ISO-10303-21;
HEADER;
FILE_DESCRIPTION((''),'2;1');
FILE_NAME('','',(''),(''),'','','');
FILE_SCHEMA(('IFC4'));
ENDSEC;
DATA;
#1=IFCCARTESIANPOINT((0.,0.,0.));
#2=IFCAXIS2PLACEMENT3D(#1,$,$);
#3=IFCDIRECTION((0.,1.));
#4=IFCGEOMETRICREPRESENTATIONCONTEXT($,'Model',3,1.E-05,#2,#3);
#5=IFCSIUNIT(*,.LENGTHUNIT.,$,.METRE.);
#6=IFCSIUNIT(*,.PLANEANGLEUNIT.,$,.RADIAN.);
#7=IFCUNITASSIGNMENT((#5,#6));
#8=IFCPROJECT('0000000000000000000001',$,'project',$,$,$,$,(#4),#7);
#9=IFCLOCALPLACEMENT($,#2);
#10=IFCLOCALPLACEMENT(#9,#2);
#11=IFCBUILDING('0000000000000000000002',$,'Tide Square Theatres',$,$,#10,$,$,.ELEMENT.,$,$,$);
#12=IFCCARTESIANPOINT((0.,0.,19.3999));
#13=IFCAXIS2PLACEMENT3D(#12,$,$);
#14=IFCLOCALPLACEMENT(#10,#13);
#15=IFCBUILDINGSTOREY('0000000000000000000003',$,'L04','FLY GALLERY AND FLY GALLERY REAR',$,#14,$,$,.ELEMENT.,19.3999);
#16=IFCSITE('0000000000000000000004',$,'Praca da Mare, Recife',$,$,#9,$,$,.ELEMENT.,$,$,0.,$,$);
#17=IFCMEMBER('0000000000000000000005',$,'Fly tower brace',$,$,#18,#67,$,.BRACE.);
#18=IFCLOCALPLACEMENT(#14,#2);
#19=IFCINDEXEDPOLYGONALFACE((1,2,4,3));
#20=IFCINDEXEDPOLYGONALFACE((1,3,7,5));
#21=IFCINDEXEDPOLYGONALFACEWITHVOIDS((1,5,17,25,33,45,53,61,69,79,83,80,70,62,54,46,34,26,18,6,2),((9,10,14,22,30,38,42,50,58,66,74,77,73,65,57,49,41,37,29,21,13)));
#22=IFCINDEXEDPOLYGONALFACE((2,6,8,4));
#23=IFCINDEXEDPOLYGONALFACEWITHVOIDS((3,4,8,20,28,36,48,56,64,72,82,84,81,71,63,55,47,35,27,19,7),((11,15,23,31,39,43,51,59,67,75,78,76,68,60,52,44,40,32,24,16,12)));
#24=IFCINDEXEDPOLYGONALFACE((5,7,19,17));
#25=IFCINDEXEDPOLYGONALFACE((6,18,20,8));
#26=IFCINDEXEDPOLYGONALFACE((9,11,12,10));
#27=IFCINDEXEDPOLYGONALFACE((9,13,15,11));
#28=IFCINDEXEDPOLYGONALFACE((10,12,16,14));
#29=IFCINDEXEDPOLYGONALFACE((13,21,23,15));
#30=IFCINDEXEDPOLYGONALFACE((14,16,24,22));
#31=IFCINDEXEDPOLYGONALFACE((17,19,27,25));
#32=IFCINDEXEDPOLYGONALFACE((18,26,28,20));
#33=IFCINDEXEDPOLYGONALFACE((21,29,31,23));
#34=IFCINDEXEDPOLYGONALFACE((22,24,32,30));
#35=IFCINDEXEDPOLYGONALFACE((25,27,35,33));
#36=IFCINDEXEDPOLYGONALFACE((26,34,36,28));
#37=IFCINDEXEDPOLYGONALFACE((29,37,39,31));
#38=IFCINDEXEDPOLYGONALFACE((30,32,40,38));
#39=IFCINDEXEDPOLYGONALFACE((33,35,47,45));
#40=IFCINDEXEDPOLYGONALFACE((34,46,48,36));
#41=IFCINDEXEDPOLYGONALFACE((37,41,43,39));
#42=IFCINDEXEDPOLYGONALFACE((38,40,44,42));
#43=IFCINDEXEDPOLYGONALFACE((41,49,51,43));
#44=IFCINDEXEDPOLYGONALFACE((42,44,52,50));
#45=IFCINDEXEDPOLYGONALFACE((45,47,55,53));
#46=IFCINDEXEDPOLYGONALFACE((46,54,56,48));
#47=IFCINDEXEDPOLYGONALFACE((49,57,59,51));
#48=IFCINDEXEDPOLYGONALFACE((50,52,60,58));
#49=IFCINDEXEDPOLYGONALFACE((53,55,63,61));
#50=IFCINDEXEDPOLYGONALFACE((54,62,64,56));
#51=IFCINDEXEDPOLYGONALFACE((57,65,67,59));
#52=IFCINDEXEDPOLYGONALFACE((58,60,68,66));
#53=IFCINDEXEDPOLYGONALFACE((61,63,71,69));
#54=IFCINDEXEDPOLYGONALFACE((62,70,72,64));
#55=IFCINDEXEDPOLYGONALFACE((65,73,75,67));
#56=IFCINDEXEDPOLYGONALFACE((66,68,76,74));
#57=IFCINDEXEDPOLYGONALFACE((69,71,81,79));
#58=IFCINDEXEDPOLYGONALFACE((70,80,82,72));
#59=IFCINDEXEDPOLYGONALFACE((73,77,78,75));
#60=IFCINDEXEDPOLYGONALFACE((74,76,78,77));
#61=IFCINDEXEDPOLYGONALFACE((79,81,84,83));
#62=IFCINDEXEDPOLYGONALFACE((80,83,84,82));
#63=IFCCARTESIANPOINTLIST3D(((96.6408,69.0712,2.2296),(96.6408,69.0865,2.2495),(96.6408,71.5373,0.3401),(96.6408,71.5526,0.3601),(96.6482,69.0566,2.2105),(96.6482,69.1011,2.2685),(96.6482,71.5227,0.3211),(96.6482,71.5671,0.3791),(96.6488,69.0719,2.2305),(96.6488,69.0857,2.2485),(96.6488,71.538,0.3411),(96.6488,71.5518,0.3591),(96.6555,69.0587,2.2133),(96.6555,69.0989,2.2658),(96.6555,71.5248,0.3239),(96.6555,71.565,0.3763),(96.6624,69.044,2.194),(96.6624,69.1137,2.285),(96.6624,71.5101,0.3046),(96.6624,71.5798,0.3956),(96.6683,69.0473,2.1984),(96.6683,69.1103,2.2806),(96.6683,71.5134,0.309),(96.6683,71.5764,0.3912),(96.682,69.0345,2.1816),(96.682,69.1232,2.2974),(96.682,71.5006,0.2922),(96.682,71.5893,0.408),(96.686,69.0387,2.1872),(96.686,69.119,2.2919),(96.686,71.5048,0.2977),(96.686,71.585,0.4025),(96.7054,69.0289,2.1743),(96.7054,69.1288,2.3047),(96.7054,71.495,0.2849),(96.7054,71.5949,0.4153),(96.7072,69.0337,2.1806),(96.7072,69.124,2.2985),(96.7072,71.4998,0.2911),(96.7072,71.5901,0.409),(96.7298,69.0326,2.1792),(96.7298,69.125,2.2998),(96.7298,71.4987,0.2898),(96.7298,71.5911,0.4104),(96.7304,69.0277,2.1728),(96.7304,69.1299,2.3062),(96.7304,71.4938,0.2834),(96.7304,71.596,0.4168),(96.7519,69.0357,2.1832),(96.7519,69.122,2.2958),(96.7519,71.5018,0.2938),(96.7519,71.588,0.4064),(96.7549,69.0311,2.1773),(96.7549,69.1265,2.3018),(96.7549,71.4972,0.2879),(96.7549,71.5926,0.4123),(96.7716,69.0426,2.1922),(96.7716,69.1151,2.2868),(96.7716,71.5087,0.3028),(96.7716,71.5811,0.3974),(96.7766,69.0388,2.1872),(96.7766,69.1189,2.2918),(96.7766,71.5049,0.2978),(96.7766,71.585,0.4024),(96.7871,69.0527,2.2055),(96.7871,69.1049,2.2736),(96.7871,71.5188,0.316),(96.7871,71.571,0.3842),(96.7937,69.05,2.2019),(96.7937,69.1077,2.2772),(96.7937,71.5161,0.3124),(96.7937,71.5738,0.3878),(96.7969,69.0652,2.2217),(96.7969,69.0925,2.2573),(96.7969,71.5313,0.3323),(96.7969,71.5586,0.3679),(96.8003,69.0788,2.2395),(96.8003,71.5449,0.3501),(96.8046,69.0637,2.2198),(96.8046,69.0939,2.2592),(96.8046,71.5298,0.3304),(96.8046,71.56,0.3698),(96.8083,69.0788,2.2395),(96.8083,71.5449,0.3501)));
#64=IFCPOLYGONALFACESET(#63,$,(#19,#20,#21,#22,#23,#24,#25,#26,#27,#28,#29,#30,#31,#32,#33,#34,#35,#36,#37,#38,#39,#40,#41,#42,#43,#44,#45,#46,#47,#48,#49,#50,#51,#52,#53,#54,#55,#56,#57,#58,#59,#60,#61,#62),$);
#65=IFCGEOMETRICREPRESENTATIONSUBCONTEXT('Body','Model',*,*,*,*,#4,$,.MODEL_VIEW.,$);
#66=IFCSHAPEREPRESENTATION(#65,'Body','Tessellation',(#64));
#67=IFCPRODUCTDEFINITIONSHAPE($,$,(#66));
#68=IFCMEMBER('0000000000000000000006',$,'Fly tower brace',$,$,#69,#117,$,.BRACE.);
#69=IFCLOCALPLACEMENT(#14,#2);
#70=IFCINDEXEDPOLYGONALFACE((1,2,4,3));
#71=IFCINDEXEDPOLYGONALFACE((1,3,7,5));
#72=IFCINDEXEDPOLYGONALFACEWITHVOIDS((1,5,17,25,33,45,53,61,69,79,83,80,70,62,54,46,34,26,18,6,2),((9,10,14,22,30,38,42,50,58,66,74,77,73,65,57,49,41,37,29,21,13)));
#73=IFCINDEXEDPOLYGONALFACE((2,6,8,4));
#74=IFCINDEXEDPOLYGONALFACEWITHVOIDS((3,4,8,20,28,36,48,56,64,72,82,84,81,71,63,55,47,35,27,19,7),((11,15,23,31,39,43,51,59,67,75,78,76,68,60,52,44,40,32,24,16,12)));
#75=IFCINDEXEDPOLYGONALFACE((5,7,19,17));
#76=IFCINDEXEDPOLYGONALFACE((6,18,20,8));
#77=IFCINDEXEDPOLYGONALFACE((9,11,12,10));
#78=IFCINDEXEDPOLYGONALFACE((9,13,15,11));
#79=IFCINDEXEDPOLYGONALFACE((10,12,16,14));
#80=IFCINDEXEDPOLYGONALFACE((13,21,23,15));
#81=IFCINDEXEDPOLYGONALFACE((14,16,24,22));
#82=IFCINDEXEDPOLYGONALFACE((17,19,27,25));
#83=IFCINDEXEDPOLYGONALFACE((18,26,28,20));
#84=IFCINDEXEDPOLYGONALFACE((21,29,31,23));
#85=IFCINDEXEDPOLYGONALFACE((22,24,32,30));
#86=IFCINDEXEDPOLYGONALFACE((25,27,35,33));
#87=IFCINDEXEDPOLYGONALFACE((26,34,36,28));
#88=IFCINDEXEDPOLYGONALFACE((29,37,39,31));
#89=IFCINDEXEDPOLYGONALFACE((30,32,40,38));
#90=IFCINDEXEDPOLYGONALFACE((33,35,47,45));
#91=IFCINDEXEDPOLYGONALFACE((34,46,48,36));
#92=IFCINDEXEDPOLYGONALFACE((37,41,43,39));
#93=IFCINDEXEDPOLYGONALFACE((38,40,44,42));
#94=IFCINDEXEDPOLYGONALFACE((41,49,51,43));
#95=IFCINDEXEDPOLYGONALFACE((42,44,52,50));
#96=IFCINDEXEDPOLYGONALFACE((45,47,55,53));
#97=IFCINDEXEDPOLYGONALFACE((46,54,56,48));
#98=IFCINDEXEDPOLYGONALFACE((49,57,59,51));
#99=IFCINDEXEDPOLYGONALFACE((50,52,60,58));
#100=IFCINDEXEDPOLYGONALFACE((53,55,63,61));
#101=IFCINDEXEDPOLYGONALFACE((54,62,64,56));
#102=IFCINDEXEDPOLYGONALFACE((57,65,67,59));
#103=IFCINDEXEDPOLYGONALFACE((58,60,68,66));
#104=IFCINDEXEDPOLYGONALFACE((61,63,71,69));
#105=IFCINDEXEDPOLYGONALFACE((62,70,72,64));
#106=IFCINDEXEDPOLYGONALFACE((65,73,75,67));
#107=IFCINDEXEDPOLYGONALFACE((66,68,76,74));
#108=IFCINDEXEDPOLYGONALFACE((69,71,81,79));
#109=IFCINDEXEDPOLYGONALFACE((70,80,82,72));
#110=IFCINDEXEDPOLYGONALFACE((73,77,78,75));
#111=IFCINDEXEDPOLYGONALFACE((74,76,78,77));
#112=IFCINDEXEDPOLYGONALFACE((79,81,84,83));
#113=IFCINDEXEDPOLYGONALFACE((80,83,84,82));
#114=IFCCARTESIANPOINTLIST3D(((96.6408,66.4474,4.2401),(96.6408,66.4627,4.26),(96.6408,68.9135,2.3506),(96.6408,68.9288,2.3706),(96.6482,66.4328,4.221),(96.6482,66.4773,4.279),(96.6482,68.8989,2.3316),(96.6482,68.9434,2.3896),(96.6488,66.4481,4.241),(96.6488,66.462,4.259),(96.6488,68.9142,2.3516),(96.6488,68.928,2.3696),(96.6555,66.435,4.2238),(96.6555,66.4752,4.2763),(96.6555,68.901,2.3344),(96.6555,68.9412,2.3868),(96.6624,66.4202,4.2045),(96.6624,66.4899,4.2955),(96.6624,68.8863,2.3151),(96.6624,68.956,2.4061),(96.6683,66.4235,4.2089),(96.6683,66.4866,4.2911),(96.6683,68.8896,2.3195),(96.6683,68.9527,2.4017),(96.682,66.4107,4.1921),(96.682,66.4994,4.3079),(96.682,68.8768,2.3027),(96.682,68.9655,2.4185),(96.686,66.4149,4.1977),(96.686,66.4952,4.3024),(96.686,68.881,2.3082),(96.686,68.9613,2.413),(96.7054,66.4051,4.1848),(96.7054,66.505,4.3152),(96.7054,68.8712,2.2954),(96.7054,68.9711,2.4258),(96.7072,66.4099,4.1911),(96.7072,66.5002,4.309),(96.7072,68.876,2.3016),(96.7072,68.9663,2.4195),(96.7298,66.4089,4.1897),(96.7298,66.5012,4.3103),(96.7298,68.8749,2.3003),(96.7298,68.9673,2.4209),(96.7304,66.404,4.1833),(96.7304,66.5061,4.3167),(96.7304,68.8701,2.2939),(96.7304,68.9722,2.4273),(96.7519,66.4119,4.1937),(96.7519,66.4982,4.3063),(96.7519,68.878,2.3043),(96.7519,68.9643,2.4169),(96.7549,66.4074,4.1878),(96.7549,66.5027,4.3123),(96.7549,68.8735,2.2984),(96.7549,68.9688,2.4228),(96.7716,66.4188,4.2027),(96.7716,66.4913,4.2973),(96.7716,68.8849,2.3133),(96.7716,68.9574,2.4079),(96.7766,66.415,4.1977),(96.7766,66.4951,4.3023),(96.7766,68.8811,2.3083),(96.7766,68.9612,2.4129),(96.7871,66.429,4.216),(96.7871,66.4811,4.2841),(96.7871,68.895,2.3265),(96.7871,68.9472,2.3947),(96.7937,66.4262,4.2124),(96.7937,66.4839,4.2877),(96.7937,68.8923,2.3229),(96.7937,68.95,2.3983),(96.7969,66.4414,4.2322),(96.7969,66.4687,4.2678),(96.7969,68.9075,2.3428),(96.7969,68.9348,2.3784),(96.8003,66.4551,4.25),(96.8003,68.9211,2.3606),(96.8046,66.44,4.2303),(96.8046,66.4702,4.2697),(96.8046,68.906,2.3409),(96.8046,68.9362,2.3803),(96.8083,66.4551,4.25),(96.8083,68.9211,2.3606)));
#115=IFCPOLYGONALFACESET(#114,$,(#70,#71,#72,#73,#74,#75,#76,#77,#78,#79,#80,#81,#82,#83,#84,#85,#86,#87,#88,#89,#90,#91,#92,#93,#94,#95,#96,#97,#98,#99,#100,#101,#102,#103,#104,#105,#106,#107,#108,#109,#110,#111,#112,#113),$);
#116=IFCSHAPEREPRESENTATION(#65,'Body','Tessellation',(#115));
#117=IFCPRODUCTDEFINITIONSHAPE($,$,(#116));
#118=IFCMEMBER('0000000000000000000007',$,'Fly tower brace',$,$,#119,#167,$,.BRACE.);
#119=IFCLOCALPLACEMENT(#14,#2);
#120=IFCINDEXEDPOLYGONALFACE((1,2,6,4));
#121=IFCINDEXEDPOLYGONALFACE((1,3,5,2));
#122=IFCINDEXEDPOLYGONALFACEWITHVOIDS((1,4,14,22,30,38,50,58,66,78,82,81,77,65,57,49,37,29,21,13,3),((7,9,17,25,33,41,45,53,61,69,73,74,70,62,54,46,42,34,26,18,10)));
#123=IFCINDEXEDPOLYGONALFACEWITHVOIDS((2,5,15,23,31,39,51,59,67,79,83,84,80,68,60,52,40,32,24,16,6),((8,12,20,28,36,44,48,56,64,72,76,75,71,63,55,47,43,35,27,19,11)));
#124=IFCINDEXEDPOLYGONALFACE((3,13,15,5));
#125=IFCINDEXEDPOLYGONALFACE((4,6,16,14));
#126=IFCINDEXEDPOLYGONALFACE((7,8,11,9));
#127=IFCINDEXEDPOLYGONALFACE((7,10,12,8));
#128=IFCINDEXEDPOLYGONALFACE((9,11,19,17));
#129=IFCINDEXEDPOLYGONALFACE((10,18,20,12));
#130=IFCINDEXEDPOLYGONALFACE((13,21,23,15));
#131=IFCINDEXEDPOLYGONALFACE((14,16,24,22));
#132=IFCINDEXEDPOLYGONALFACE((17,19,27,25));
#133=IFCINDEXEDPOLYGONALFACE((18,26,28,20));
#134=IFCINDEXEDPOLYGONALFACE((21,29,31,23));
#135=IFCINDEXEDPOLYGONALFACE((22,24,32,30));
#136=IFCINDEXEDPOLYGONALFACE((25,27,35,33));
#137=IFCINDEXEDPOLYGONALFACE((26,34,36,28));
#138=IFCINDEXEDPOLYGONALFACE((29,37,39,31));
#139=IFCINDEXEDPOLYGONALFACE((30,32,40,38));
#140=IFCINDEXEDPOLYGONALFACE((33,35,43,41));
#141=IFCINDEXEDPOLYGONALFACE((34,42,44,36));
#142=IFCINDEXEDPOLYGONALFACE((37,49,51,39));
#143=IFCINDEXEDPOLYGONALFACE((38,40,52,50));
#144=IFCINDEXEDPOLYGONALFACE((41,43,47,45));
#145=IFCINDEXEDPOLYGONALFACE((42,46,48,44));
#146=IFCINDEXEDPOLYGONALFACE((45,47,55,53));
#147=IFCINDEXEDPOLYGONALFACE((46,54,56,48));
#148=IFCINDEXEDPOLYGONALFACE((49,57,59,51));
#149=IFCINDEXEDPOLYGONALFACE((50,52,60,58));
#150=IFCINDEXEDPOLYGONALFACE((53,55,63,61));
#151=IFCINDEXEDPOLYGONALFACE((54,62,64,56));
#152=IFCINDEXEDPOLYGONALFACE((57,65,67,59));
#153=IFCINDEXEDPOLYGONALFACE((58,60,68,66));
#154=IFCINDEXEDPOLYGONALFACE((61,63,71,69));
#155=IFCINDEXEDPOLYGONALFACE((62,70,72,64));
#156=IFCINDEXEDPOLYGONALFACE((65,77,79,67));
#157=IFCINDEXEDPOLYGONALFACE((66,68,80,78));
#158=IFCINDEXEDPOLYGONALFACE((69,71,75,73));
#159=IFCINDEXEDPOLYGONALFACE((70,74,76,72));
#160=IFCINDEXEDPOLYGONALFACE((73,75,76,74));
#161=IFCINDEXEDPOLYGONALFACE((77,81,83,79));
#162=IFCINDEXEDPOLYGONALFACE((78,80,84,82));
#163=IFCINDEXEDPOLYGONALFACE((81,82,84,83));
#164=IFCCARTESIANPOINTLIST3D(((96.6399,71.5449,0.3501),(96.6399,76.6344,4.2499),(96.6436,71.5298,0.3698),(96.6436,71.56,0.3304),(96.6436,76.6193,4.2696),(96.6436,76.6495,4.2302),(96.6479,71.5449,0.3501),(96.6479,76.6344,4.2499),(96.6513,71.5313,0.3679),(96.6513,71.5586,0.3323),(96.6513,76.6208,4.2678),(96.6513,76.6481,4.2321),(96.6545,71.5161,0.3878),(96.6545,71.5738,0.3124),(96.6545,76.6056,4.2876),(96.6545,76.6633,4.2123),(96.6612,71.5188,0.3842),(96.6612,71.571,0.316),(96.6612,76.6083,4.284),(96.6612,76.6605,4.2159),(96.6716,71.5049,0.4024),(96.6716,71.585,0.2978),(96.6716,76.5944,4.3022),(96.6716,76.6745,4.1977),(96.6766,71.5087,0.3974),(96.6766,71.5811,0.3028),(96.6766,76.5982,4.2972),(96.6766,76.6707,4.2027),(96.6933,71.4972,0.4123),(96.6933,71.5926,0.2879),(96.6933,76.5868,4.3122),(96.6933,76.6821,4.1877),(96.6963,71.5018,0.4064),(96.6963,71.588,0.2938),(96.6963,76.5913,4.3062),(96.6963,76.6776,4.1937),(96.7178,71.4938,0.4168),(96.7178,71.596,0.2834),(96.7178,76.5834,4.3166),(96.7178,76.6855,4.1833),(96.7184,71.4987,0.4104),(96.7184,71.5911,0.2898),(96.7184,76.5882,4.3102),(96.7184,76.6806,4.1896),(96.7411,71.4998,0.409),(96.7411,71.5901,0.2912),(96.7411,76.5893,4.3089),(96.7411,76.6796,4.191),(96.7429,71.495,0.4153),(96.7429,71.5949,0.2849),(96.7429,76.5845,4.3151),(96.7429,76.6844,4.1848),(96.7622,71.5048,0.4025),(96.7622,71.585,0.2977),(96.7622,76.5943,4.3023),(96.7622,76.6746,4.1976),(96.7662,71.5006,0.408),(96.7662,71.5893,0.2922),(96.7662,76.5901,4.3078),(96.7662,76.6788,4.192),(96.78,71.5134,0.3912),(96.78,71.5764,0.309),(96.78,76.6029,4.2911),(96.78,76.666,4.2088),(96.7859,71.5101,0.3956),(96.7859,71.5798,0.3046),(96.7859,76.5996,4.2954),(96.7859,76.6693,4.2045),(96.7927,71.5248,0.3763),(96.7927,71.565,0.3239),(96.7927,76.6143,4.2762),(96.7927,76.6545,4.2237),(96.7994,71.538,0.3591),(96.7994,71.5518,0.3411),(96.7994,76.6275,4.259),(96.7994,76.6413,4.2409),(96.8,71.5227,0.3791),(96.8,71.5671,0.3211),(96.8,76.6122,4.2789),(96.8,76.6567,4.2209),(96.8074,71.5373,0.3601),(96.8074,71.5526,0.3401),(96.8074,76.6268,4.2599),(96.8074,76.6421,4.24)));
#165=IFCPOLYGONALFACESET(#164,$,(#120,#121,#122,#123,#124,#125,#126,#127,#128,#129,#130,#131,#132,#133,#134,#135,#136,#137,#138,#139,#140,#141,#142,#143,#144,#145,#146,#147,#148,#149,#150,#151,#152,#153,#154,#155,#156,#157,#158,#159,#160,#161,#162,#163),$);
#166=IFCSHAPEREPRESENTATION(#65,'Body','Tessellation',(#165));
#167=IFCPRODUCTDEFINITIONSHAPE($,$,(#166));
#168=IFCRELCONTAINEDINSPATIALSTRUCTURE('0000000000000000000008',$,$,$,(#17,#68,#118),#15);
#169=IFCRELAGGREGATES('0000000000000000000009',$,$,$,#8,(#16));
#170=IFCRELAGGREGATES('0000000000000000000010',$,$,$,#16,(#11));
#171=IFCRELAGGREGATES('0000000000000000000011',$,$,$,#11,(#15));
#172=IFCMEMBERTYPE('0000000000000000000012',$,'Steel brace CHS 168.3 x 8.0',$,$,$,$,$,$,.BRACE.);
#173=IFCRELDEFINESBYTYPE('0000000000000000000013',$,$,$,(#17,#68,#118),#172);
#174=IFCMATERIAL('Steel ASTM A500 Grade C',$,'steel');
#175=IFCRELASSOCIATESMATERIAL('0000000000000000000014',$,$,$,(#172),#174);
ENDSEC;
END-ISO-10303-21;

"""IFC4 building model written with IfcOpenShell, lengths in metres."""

from ifc_helpers import new_model, si_unit, direction, frame, origin, origin_2d, place, context, subcontext, project, spatial, hollow_circle, extrude, material, material_profile, profile_set, type_object, element, save


model = new_model("IFC4")

# Units and contexts
model_context = context("Model", 3, precision=1e-05, world=origin(), true_north=direction((0.0, 1.0)))
body_context = subcontext(model_context, "Body", "Model", "MODEL_VIEW")
ifc_project = project(units=[si_unit("LENGTHUNIT", "METRE"), si_unit("PLANEANGLEUNIT", "RADIAN")], contexts=[model_context])

# Site, building, storey
site_placement = place(None, origin())
site = spatial("IfcSite", under=ifc_project, at=site_placement, Name="Praca da Mare, Recife", CompositionType="ELEMENT", RefElevation=0.0)
building_placement = place(site_placement, origin())
building = spatial("IfcBuilding", under=site, at=building_placement, Name="Tide Square Theatres", CompositionType="ELEMENT")
storey_placement = place(building_placement, frame((0.0, 0.0, 19.3999)))
storey = spatial("IfcBuildingStorey", under=building, at=storey_placement, Name="L04", Description="FLY GALLERY AND FLY GALLERY REAR", CompositionType="ELEMENT", Elevation=19.3999)

# Members
ifc_material_1 = material(Name="Steel ASTM A500 Grade C", Category="steel")
ifc_material_profile_1 = material_profile(ifc_material_1, hollow_circle(Radius=0.0842, WallThickness=0.0081, at=origin_2d()))
ifc_profile_set_1 = profile_set([ifc_material_profile_1], Name="Steel ASTM A500 Grade C")
member_type = type_object("IfcMemberType", Name="Steel brace CHS 168.3 x 8.0", PredefinedType="BRACE", material=ifc_profile_set_1)
for number, where, z_axis, x_axis, name in (
    (1, (96.7241, 71.5449, 0.3501), (0.0, -0.7938, 0.608179), (1.0, 0.0, 0.0), "Fly tower brace"),
    (2, (96.7241, 68.9211, 2.3606), (0.0, -0.7938, 0.608179), (1.0, 0.0, 0.0), "Fly tower brace"),
):
    element("IfcMember", number, at=place(storey_placement, frame(where, z_axis=z_axis, x_axis=x_axis)), inside=storey, type_object=member_type, Name=name, PredefinedType="BRACE", context=body_context, shape_type="SweptSolid", body=[
        extrude(hollow_circle(Radius=0.0842, WallThickness=0.0081, at=origin_2d()), origin(), (0.0, 0.0, 1.0), 3.1067),
    ])
member_1_placement = place(storey_placement, frame((96.7241, 71.5449, 0.3501), z_axis=(0.0, 0.793766, 0.608223), x_axis=(-1.0, 0.0, 0.0)))
element("IfcMember", 3, at=member_1_placement, inside=storey, type_object=member_type, Name="Fly tower brace", PredefinedType="BRACE", context=body_context, shape_type="SweptSolid", body=[
    extrude(hollow_circle(Radius=0.0842, WallThickness=0.0081, at=origin_2d()), origin(), (0.0, 0.0, 1.0), 6.4119),
])

save(model, "model.ifc")
